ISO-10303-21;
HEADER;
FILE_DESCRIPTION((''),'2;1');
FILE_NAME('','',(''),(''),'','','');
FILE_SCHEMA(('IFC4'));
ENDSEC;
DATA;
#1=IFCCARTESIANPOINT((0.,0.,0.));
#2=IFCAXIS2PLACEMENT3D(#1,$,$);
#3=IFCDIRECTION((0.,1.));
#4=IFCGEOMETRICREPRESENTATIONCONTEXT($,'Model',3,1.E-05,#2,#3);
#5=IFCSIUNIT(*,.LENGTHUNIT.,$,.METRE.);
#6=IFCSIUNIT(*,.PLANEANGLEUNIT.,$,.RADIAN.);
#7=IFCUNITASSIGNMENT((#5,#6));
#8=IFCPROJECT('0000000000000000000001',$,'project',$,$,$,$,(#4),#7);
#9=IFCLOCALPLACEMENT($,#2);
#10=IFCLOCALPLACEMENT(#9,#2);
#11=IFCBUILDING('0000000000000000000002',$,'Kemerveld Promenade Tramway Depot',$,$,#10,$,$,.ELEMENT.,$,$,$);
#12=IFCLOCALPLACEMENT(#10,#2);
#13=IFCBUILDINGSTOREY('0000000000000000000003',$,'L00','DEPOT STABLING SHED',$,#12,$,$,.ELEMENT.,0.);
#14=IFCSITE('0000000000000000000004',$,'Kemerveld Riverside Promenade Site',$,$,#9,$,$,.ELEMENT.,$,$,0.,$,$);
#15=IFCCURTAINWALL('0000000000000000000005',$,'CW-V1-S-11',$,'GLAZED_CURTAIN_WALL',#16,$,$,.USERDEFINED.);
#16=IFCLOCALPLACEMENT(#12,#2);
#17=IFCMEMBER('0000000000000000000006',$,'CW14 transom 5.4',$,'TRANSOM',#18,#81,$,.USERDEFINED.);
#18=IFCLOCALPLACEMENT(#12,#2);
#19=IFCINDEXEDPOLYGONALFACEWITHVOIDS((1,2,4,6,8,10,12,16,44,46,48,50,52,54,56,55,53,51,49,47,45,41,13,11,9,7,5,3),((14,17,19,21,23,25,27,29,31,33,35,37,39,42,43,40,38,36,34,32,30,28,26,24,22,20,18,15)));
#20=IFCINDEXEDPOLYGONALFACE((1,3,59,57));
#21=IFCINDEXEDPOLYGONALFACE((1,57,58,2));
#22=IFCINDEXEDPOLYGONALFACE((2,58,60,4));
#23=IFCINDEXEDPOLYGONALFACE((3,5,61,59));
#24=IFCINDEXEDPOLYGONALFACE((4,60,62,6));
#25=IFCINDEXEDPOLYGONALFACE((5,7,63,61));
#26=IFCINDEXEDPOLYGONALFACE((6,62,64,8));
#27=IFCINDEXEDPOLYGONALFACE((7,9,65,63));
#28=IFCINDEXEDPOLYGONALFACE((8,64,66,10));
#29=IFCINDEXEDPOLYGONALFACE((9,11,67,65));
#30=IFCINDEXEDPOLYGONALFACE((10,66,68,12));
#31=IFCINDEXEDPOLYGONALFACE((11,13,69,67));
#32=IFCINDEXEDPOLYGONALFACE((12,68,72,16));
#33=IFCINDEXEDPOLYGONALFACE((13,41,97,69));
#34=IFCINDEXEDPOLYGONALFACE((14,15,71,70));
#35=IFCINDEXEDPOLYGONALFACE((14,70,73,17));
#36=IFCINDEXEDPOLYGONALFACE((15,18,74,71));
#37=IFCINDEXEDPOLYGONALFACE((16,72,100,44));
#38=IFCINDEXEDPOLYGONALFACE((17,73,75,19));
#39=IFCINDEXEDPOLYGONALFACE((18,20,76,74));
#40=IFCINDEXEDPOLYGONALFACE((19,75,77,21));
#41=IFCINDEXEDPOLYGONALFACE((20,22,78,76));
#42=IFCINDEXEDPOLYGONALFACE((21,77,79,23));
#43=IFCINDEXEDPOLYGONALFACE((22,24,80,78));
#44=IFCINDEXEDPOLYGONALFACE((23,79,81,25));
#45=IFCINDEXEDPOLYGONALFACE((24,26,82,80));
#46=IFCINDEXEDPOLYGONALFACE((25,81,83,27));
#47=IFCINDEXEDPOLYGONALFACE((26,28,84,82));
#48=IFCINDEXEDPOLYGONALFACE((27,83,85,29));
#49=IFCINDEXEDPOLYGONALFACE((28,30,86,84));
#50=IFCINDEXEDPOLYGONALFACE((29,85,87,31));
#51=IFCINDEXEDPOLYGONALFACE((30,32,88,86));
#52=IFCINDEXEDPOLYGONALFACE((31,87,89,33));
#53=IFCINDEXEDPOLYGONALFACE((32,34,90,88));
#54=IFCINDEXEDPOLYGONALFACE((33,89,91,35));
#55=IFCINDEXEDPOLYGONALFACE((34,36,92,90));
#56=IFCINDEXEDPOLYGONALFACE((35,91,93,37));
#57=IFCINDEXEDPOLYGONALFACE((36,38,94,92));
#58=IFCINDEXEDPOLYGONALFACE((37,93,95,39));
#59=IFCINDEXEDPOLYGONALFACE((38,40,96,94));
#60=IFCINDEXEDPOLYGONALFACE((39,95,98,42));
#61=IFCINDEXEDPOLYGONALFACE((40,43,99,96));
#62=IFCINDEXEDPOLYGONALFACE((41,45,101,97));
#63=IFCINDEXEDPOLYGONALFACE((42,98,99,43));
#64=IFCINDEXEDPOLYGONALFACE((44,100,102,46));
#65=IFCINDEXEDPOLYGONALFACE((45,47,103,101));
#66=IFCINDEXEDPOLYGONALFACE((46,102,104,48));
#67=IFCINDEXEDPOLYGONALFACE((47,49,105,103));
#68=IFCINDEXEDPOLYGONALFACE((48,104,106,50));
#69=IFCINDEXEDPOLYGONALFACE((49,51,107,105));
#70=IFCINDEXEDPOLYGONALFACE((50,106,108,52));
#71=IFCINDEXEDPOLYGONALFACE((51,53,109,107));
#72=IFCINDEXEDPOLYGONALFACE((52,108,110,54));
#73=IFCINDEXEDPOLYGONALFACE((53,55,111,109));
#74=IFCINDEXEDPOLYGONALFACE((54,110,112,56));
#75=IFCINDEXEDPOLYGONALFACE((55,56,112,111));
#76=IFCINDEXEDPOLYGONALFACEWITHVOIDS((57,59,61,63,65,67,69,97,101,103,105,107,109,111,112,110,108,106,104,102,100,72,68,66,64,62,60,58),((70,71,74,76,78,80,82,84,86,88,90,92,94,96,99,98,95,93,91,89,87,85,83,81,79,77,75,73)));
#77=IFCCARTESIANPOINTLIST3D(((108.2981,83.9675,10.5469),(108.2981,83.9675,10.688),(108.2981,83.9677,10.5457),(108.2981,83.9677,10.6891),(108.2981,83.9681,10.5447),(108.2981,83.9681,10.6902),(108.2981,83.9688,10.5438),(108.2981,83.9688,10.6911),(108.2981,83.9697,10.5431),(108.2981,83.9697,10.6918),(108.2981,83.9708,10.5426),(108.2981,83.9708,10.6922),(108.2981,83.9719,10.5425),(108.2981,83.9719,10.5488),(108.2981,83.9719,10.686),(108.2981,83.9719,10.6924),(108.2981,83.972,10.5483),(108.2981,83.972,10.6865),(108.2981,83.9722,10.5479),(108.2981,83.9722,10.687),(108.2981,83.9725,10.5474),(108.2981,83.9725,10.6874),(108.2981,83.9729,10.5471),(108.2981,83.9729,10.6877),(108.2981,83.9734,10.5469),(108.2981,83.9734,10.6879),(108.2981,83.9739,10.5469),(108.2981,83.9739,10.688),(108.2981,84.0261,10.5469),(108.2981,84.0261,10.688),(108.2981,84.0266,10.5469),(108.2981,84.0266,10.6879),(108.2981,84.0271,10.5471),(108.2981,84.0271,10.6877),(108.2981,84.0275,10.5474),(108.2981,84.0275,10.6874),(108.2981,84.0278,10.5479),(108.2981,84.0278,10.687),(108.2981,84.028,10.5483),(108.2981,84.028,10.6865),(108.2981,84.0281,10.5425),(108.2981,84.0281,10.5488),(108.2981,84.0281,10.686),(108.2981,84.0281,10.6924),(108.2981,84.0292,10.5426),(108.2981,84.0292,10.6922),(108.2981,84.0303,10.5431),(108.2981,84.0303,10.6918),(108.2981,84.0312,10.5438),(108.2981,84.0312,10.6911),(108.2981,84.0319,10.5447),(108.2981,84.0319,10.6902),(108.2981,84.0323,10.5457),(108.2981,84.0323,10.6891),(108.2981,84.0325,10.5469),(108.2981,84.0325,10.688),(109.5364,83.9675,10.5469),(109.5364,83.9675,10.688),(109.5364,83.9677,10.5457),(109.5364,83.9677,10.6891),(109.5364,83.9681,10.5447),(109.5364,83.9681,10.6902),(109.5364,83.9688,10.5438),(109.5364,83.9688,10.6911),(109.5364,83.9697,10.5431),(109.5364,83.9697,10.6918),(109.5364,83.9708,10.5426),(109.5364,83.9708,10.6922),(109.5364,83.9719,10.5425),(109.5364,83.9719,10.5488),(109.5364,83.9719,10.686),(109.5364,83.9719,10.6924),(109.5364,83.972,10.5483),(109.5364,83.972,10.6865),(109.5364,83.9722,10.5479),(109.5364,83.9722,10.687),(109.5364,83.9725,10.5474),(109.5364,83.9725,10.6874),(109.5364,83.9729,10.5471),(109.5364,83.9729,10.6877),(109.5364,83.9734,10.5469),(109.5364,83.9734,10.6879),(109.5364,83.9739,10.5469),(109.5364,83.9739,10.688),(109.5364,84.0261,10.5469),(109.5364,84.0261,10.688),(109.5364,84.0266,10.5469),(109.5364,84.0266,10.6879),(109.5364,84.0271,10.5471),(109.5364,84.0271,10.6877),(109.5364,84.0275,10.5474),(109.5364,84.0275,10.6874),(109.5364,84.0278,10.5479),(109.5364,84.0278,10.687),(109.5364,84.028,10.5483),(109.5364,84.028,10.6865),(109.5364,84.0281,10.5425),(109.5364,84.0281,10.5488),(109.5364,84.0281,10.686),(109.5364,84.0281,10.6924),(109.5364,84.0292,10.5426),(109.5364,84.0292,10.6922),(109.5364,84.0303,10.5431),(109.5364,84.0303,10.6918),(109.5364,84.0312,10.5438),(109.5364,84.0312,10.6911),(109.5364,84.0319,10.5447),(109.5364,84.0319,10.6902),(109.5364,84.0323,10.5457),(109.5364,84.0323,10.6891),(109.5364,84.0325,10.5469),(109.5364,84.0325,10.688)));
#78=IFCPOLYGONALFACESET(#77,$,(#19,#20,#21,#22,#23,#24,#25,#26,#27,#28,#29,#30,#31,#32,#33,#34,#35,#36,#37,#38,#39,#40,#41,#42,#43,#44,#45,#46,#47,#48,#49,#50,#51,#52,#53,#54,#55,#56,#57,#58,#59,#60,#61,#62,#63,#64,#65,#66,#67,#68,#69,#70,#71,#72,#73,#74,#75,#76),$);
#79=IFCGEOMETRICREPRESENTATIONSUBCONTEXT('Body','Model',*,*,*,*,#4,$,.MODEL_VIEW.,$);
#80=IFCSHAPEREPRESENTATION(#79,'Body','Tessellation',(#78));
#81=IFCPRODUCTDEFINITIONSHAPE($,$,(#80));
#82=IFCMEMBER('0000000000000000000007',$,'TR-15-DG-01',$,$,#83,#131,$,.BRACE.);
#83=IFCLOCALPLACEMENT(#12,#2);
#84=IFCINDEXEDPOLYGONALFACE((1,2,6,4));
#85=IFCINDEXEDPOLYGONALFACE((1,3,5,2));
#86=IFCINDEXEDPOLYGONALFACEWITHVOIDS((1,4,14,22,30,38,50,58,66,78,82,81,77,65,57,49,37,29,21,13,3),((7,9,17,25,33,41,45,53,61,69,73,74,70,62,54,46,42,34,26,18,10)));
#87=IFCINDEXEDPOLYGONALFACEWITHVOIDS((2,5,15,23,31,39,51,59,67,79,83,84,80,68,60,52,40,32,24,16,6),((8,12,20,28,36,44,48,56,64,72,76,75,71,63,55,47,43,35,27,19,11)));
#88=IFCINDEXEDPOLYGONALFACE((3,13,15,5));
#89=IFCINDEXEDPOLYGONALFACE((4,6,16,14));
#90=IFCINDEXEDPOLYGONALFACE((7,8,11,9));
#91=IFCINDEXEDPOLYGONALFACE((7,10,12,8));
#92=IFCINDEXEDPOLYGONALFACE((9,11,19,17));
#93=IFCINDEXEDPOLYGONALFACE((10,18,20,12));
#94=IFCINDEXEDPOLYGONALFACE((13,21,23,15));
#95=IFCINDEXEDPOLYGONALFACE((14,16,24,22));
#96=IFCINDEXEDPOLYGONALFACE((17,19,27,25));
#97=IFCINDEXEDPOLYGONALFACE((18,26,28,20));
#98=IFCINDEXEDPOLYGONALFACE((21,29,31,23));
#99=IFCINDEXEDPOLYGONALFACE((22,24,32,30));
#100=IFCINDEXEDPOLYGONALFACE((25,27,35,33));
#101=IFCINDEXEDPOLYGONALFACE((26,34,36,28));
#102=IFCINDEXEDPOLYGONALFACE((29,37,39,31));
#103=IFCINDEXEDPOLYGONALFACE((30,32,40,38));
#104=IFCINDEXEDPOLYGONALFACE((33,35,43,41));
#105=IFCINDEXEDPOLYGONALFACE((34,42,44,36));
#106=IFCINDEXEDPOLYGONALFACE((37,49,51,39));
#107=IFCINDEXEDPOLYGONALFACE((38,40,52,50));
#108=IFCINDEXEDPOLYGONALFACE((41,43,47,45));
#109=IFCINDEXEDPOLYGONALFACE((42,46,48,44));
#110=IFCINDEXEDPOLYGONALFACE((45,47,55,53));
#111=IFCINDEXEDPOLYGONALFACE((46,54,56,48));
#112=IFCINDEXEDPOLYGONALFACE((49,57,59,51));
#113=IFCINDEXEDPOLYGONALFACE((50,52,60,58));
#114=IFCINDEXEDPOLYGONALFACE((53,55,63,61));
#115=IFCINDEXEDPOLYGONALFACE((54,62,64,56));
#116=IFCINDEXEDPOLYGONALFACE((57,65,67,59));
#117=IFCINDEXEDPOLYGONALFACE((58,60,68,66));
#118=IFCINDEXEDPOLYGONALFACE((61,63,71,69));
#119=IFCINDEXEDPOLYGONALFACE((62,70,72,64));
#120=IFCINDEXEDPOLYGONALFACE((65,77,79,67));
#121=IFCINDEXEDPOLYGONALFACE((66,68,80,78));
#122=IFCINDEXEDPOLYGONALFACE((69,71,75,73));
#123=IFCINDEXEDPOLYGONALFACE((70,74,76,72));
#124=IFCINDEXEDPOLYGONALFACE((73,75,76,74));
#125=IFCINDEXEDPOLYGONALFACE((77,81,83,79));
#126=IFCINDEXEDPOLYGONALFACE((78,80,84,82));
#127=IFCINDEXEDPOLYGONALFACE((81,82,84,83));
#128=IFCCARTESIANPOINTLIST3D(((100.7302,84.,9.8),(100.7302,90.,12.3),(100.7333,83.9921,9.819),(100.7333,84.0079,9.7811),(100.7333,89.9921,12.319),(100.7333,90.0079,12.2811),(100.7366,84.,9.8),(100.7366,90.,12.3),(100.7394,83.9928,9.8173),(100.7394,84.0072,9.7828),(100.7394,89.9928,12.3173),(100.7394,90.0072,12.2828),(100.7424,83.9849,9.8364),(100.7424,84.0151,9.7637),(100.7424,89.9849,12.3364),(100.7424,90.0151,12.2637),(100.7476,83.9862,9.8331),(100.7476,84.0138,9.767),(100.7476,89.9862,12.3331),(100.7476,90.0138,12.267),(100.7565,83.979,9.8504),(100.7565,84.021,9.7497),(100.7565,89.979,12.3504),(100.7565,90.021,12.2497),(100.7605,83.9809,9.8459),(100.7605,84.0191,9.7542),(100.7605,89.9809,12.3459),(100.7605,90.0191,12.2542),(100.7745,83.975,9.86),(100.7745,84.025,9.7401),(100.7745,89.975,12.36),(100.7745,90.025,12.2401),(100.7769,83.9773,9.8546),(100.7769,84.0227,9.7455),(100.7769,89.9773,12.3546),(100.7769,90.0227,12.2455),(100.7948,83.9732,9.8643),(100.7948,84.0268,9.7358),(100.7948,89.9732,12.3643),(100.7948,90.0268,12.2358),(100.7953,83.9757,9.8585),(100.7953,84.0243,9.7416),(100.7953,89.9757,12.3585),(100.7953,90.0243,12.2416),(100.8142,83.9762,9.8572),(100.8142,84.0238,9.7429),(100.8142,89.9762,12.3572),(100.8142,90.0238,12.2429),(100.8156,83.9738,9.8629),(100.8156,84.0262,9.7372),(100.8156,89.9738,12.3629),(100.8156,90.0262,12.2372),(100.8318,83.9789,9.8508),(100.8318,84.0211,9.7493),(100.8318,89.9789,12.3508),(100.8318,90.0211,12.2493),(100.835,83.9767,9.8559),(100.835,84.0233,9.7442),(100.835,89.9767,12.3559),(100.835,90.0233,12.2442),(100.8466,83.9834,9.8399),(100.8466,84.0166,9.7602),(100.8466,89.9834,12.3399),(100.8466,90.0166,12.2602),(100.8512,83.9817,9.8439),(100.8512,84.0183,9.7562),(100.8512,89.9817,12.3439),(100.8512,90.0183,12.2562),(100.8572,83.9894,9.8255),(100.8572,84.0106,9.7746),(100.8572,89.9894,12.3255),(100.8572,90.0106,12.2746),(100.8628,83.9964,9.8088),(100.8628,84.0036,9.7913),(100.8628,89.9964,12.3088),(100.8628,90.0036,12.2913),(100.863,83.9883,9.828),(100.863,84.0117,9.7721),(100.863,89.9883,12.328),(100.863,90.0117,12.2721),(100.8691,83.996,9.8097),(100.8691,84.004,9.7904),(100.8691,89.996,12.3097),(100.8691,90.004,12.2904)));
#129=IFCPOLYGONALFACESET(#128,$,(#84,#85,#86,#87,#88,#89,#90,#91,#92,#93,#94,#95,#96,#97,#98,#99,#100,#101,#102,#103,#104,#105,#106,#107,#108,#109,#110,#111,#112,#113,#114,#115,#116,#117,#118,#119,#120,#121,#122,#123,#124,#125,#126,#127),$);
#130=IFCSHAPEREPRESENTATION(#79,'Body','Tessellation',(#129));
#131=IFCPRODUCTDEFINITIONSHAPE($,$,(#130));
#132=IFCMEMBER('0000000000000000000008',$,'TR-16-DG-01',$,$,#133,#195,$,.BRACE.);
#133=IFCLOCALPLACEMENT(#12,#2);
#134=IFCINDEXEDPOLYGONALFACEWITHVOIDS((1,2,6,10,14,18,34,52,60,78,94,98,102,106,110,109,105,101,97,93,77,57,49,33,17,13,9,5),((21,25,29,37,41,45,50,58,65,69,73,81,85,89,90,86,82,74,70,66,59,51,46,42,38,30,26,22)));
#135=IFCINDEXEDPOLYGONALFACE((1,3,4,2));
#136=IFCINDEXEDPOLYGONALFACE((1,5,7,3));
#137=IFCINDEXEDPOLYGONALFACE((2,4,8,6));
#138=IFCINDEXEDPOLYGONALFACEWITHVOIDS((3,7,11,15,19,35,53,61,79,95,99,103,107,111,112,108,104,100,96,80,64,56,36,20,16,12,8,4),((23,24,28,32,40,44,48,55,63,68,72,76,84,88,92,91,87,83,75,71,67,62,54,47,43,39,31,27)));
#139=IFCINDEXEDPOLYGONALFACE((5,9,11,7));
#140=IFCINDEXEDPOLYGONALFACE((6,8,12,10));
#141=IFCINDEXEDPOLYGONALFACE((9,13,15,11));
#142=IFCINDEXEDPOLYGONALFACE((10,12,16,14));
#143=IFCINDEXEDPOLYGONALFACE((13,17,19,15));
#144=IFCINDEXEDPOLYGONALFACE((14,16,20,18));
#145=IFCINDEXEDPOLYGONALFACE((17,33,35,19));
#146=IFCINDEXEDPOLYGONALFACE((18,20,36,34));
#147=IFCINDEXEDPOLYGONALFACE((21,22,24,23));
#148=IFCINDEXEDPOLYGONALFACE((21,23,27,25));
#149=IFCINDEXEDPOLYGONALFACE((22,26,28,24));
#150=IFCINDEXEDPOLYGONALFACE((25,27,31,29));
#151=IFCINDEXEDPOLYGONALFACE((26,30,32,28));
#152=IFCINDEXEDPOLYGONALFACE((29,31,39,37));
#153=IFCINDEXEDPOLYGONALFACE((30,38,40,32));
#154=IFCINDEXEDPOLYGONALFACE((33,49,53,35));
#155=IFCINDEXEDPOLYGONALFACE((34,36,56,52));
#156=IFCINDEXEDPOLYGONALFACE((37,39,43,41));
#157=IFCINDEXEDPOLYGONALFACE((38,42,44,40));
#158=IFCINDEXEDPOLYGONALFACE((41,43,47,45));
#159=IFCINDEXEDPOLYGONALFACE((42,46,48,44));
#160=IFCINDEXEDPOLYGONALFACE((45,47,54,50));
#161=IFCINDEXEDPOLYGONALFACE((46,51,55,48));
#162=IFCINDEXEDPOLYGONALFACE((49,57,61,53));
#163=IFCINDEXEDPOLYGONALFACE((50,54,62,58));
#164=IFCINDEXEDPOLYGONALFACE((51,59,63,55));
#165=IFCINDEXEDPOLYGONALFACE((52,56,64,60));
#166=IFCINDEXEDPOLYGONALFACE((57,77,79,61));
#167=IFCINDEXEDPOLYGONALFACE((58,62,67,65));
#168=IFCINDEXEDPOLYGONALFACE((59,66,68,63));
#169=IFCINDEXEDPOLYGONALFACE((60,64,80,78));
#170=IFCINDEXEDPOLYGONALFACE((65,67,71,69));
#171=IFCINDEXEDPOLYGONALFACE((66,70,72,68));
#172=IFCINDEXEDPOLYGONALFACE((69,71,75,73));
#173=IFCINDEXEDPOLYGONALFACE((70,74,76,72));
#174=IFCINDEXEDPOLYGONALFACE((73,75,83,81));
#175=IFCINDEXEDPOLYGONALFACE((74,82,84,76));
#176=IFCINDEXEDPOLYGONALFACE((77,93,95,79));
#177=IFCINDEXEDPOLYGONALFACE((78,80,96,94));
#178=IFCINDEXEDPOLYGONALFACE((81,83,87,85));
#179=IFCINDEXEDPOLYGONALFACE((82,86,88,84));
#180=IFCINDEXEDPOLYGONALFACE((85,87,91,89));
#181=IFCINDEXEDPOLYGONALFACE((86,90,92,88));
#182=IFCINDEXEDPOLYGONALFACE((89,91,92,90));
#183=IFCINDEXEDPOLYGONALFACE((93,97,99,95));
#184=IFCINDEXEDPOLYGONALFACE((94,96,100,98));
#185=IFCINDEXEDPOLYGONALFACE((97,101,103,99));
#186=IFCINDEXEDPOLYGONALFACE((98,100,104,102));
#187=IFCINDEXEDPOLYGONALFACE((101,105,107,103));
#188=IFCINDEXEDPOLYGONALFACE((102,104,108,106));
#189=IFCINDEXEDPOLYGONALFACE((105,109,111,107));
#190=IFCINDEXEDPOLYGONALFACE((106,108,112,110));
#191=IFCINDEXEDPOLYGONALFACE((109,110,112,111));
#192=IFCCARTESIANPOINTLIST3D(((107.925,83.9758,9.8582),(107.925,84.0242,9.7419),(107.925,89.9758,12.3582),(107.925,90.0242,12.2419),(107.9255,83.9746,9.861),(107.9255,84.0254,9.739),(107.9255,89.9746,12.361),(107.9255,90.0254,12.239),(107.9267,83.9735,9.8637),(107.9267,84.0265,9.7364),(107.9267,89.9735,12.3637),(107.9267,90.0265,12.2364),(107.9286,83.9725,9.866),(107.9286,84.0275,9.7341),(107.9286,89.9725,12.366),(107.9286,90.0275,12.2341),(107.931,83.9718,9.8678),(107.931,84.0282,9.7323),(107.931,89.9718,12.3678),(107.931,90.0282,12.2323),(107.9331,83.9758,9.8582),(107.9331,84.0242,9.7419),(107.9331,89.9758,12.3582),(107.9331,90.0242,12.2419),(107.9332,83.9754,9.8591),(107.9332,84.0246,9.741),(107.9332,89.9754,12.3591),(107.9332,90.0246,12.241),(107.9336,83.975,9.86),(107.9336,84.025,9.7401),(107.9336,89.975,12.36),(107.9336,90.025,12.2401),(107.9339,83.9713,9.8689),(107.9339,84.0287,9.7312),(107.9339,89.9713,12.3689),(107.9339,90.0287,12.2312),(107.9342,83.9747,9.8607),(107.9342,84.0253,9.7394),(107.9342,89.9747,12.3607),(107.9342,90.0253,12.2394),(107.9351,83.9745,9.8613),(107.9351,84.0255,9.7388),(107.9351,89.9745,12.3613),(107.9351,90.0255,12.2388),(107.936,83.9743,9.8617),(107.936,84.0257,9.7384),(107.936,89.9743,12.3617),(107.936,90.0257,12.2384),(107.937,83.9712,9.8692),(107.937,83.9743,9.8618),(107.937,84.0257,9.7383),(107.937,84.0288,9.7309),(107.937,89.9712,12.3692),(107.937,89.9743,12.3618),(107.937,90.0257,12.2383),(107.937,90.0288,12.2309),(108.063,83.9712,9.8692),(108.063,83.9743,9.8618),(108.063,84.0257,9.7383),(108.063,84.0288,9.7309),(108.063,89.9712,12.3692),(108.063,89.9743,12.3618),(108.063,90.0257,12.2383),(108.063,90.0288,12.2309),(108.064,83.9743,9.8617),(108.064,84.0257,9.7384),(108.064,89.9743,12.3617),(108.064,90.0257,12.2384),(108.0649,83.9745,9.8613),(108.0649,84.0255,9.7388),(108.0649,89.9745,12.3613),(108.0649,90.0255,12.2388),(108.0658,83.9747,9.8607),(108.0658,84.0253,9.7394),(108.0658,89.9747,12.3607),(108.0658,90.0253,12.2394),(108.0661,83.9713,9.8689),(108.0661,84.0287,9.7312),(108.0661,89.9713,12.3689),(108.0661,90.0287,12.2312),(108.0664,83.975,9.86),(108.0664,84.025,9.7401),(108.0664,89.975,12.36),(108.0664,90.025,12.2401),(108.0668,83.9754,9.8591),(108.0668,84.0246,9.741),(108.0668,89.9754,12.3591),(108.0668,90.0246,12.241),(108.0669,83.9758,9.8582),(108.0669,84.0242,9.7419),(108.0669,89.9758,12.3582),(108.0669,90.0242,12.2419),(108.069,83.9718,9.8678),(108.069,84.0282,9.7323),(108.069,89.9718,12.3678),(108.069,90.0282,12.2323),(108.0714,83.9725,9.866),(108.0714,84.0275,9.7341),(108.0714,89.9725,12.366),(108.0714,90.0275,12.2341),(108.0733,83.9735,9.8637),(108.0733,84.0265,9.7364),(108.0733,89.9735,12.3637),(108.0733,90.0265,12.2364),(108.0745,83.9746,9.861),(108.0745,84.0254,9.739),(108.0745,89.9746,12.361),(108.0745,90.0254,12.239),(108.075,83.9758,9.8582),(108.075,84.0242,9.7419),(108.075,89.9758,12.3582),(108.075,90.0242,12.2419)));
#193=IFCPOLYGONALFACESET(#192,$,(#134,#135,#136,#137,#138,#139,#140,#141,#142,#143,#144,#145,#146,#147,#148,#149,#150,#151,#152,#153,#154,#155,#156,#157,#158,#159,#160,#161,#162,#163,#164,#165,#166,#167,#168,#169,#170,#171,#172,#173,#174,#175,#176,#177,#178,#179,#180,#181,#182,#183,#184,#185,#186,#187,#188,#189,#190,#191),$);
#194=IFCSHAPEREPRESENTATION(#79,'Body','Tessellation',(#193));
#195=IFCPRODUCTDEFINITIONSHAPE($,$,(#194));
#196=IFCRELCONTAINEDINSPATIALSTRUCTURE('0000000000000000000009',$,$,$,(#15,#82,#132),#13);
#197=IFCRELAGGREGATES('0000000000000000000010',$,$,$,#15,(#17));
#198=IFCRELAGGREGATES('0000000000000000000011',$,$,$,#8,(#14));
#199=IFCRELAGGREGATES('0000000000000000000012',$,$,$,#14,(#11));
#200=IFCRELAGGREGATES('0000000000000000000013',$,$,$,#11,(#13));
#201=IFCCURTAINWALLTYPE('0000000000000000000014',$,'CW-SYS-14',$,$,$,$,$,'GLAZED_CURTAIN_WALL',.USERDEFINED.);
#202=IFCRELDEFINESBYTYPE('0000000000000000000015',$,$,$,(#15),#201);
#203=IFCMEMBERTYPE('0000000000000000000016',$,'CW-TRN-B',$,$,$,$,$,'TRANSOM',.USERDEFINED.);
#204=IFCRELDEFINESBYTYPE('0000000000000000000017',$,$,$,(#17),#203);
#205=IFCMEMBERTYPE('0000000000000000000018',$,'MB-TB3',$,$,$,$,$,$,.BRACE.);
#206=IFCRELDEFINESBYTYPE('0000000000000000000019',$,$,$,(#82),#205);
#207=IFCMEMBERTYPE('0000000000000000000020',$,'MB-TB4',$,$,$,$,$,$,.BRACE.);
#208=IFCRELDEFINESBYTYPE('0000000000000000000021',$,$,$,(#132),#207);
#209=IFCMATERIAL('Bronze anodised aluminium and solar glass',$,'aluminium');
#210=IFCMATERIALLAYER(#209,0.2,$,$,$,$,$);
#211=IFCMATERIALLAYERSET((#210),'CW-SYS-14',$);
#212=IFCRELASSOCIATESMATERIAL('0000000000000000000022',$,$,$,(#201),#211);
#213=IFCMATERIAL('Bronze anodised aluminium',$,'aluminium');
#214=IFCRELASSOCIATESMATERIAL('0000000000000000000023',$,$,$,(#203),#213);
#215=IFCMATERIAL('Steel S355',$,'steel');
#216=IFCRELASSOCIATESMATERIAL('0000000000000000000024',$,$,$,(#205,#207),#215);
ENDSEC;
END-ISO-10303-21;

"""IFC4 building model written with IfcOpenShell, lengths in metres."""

from ifc_helpers import new_model, si_unit, direction, frame, origin, origin_2d, place, context, subcontext, project, spatial, hollow_rectangle, hollow_circle, extrude, material, layer, layer_set, material_profile, profile_set, type_object, element, aggregate, save


model = new_model("IFC4")

# Units and contexts
model_context = context("Model", 3, precision=1e-05, world=origin(), true_north=direction((0.0, 1.0)))
body_context = subcontext(model_context, "Body", "Model", "MODEL_VIEW")
ifc_project = project(units=[si_unit("LENGTHUNIT", "METRE"), si_unit("PLANEANGLEUNIT", "RADIAN")], contexts=[model_context])

# Site, building, storey
site_placement = place(None, origin())
site = spatial("IfcSite", under=ifc_project, at=site_placement, Name="Kemerveld Riverside Promenade Site", CompositionType="ELEMENT", RefElevation=0.0)
building_placement = place(site_placement, origin())
building = spatial("IfcBuilding", under=site, at=building_placement, Name="Kemerveld Promenade Tramway Depot", CompositionType="ELEMENT")
storey_placement = place(building_placement, origin())
storey = spatial("IfcBuildingStorey", under=building, at=storey_placement, Name="L00", Description="DEPOT STABLING SHED", CompositionType="ELEMENT", Elevation=0.0)

# Shared definitions
ifc_material_1 = material(Name="Steel S355", Category="steel")

# Curtain wall, member
ifc_material_2 = material(Name="Bronze anodised aluminium and solar glass", Category="aluminium")
ifc_material_3 = material(Name="Bronze anodised aluminium", Category="aluminium")
ifc_layer_1 = layer(ifc_material_2, 0.2)
ifc_layer_set_1 = layer_set([ifc_layer_1], Name="CW-SYS-14")
curtain_wall_type_1 = type_object("IfcCurtainWallType", Name="CW-SYS-14", ElementType="GLAZED_CURTAIN_WALL", PredefinedType="USERDEFINED", material=ifc_layer_set_1)
curtain_wall_1_placement = place(storey_placement, origin())
curtain_wall_1 = element("IfcCurtainWall", 1, at=curtain_wall_1_placement, inside=storey, type_object=curtain_wall_type_1, Name="CW-V1-S-11", ObjectType="GLAZED_CURTAIN_WALL", PredefinedType="USERDEFINED")
ifc_material_profile_1 = material_profile(ifc_material_3, hollow_rectangle(XDim=0.0649, YDim=0.1499, WallThickness=0.0044, InnerFilletRadius=0.002, OuterFilletRadius=0.0044, at=origin_2d()), Name="CW-TRN-150x65")
ifc_profile_set_1 = profile_set([ifc_material_profile_1], Name="Bronze anodised aluminium")
member_type_1 = type_object("IfcMemberType", Name="CW-TRN-B", ElementType="TRANSOM", PredefinedType="USERDEFINED", material=ifc_profile_set_1)
member_1_placement = place(storey_placement, frame((109.5364, 84.0, 10.6174), z_axis=(-1.0, 0.0, 0.0), x_axis=(0.0, -1.0, 0.0)))
member_1 = element("IfcMember", 2, at=member_1_placement, type_object=member_type_1, Name="CW14 transom 5.4", ObjectType="TRANSOM", PredefinedType="USERDEFINED", context=body_context, shape_type="SweptSolid", body=[
    extrude(hollow_rectangle(XDim=0.0649, YDim=0.1499, WallThickness=0.0044, InnerFilletRadius=0.002, OuterFilletRadius=0.0044, at=origin_2d()), origin(), (0.0, 0.0, 1.0), 1.2383),
])

# Members
ifc_material_profile_2 = material_profile(ifc_material_1, hollow_circle(Radius=0.0698, WallThickness=0.0063, at=origin_2d()), Name="139.7x6.3 CHS")
ifc_profile_set_2 = profile_set([ifc_material_profile_2], Name="Steel S355")
member_type_2 = type_object("IfcMemberType", Name="MB-TB3", PredefinedType="BRACE", material=ifc_profile_set_2)
member_2_placement = place(storey_placement, frame((100.8, 84.0, 9.8), z_axis=(0.0, 0.923077, 0.384615), x_axis=(-1.0, 0.0, 0.0)))
element("IfcMember", 3, at=member_2_placement, inside=storey, type_object=member_type_2, Name="TR-15-DG-01", PredefinedType="BRACE", context=body_context, shape_type="SweptSolid", body=[
    extrude(hollow_circle(Radius=0.0698, WallThickness=0.0063, at=origin_2d()), origin(), (0.0, 0.0, 1.0), 6.5),
])
ifc_material_profile_3 = material_profile(ifc_material_1, hollow_rectangle(XDim=0.1499, YDim=0.1499, WallThickness=0.0081, InnerFilletRadius=0.0039, OuterFilletRadius=0.012, at=origin_2d()), Name="150x150x8.0 SHS")
ifc_profile_set_3 = profile_set([ifc_material_profile_3], Name="Steel S355")
member_type_3 = type_object("IfcMemberType", Name="MB-TB4", PredefinedType="BRACE", material=ifc_profile_set_3)
member_3_placement = place(storey_placement, frame((108.0, 84.0, 9.8), z_axis=(0.0, 0.923077, 0.384615), x_axis=(-1.0, 0.0, 0.0)))
element("IfcMember", 4, at=member_3_placement, inside=storey, type_object=member_type_3, Name="TR-16-DG-01", PredefinedType="BRACE", context=body_context, shape_type="SweptSolid", body=[
    extrude(hollow_rectangle(XDim=0.1499, YDim=0.1499, WallThickness=0.0081, InnerFilletRadius=0.0039, OuterFilletRadius=0.012, at=origin_2d()), origin(), (0.0, 0.0, 1.0), 6.5),
])

aggregate(curtain_wall_1, [member_1])

save(model, "model.ifc")
